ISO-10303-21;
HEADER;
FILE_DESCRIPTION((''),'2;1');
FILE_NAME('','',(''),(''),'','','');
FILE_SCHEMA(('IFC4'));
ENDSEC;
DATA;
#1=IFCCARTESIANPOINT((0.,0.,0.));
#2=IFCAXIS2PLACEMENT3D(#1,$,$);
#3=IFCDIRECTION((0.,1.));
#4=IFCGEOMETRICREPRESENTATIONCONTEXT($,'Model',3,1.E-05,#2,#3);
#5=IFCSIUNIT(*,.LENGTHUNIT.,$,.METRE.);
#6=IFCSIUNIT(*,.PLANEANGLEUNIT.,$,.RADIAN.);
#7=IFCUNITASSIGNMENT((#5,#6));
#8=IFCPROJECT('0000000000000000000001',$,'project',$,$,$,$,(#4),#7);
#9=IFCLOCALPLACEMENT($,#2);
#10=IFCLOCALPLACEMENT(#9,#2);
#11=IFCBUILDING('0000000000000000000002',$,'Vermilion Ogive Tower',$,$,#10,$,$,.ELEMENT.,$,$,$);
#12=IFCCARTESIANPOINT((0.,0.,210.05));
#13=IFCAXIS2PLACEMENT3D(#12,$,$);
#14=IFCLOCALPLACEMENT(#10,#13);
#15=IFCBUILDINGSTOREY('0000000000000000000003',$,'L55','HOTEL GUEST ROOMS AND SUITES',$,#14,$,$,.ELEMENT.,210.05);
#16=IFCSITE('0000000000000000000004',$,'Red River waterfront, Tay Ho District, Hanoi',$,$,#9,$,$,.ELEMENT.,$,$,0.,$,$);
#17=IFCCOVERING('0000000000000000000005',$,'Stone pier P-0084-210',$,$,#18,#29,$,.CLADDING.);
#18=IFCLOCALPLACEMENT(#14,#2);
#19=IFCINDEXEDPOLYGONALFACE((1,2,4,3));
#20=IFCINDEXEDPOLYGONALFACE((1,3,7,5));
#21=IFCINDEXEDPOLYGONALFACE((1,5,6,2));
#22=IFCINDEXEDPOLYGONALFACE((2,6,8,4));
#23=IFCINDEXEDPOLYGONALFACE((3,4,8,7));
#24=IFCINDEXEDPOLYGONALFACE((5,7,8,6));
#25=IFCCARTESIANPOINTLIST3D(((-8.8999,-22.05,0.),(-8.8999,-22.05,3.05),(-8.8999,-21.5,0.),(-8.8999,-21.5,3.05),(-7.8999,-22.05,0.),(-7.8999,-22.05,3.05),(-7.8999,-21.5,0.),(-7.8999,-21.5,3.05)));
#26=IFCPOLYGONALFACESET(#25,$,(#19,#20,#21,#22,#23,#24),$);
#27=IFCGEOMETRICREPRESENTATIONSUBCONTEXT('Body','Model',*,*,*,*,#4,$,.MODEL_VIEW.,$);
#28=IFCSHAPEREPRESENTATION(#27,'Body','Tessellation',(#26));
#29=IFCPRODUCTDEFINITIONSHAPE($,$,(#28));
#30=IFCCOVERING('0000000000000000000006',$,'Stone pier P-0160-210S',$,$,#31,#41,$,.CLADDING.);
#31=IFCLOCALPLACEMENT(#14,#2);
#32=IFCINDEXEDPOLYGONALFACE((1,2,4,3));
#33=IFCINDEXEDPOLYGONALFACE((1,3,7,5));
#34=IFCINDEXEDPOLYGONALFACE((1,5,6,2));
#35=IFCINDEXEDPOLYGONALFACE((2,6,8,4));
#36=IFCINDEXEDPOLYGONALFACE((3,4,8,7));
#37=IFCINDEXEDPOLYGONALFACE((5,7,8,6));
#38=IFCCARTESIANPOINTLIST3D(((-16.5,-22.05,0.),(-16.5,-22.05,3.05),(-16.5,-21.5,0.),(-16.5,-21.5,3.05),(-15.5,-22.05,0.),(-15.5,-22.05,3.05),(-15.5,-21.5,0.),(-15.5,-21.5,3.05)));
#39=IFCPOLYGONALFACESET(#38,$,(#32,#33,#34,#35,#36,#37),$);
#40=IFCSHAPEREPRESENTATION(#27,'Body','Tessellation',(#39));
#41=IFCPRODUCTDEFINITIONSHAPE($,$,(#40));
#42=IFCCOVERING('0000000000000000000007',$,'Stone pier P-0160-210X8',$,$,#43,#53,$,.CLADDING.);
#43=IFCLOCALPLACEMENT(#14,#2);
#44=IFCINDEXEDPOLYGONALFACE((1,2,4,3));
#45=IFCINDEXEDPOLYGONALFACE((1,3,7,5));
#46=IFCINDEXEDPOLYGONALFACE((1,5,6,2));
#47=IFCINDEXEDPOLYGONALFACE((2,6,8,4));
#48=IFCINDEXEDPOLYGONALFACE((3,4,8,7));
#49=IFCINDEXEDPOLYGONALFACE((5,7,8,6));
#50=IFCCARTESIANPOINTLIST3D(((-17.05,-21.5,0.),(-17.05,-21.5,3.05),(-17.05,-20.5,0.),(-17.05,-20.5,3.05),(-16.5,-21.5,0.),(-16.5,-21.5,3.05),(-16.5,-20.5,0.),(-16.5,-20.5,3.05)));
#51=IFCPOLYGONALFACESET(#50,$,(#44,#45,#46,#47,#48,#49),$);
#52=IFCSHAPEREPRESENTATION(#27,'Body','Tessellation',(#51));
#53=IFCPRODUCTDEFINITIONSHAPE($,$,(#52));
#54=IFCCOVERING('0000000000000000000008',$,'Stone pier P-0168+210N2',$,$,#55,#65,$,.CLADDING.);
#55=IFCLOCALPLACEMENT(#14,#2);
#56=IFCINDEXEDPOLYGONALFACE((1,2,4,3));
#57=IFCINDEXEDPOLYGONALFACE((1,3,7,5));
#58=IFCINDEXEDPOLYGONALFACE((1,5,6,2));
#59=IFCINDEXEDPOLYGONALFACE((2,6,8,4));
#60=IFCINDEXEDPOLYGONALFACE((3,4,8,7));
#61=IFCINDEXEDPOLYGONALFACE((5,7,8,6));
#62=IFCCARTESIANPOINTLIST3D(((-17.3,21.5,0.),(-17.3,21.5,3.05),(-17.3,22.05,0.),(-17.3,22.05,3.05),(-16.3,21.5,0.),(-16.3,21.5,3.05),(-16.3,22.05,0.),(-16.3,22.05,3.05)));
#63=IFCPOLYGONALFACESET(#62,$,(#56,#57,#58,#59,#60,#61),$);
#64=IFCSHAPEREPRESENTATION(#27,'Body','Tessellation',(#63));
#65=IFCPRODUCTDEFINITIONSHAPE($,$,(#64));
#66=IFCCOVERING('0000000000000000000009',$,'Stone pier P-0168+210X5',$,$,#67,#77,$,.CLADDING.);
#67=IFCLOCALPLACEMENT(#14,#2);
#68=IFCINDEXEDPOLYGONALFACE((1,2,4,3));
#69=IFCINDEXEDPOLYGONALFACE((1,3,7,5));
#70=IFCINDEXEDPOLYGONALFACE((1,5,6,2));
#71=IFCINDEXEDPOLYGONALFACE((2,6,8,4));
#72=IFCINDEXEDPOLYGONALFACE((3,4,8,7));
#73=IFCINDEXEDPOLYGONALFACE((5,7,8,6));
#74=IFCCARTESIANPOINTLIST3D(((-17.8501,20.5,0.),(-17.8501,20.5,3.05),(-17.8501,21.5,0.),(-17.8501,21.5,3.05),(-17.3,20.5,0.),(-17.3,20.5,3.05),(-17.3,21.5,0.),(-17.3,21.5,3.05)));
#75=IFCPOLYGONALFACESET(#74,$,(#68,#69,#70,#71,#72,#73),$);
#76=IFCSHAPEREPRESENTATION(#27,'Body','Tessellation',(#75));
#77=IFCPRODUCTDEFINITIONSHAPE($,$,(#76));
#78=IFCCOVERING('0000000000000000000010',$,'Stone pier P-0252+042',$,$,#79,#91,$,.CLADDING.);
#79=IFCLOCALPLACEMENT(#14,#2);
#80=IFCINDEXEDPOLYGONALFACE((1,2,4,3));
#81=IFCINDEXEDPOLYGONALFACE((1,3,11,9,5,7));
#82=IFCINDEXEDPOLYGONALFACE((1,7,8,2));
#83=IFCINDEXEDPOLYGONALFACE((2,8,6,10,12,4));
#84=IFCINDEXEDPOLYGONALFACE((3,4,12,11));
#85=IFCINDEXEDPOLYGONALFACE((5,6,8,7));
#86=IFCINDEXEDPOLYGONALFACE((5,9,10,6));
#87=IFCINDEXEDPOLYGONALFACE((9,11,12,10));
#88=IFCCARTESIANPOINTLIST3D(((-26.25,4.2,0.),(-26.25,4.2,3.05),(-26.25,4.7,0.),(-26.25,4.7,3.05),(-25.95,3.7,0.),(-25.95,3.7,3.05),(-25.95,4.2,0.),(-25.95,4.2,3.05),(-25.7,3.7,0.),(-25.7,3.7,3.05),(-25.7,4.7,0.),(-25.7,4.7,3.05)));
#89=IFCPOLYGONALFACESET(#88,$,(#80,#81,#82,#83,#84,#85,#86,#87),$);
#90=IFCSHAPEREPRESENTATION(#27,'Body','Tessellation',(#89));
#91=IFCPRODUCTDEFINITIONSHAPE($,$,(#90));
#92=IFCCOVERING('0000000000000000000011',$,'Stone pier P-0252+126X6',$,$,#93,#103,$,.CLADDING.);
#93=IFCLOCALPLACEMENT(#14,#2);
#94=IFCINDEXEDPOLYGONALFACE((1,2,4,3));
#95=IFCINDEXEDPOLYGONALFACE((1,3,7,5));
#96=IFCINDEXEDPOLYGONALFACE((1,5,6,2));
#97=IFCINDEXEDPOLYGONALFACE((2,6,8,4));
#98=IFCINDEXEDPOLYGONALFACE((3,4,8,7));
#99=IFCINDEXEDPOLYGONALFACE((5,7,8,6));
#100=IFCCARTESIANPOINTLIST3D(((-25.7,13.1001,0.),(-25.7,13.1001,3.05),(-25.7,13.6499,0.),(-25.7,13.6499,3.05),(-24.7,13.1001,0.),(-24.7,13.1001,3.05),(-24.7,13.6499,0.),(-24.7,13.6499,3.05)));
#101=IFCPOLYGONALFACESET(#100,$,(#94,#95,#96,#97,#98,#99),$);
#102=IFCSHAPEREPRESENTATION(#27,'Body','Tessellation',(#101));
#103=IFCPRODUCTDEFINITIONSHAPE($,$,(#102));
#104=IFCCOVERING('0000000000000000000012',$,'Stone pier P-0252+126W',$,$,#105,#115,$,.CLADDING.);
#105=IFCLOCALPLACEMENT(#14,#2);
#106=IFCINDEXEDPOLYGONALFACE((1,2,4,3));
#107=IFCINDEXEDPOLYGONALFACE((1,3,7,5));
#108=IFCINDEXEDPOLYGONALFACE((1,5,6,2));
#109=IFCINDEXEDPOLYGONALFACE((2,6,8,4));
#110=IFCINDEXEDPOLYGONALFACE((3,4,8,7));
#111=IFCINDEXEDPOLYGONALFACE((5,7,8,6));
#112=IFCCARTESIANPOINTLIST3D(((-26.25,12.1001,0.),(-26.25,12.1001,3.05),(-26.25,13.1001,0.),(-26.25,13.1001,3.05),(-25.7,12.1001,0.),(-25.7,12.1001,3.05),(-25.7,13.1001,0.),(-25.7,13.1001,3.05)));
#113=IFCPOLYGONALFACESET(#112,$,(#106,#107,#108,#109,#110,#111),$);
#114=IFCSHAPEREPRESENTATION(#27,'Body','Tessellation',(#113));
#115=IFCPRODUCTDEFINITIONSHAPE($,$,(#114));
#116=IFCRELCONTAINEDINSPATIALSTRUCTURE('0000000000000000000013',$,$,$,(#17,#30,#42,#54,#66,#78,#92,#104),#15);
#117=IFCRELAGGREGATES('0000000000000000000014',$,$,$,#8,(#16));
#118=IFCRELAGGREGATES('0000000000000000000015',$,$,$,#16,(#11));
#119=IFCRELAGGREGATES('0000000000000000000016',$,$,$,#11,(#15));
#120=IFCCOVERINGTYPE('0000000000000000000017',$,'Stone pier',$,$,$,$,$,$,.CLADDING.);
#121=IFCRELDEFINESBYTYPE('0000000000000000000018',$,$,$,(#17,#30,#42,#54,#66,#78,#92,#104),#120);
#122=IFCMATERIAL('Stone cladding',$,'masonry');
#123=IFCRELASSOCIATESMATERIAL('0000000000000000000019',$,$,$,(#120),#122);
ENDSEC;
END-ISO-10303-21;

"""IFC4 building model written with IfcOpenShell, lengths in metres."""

from ifc_helpers import new_model, si_unit, direction, frame, origin, place, context, subcontext, project, spatial, polyline, outline, extrude, material, type_object, element, save


model = new_model("IFC4")

# Units and contexts
model_context = context("Model", 3, precision=1e-05, world=origin(), true_north=direction((0.0, 1.0)))
body_context = subcontext(model_context, "Body", "Model", "MODEL_VIEW")
ifc_project = project(units=[si_unit("LENGTHUNIT", "METRE"), si_unit("PLANEANGLEUNIT", "RADIAN")], contexts=[model_context])

# Site, building, storey
site_placement = place(None, origin())
site = spatial("IfcSite", under=ifc_project, at=site_placement, Name="Red River waterfront, Tay Ho District, Hanoi", CompositionType="ELEMENT", RefElevation=0.0)
building_placement = place(site_placement, origin())
building = spatial("IfcBuilding", under=site, at=building_placement, Name="Vermilion Ogive Tower", CompositionType="ELEMENT")
storey_placement = place(building_placement, frame((0.0, 0.0, 210.05)))
storey = spatial("IfcBuildingStorey", under=building, at=storey_placement, Name="L55", Description="HOTEL GUEST ROOMS AND SUITES", CompositionType="ELEMENT", Elevation=210.05)

# Coverings
ifc_material_1 = material(Name="Stone cladding", Category="masonry")
covering_type = type_object("IfcCoveringType", Name="Stone pier", PredefinedType="CLADDING", material=ifc_material_1)
covering_1_placement = place(storey_placement, origin())
element("IfcCovering", 1, at=covering_1_placement, inside=storey, type_object=covering_type, Name="Stone pier P-0084-210", PredefinedType="CLADDING", context=body_context, shape_type="SweptSolid", body=[
    extrude(outline(polyline([(-7.8999, -22.05), (-8.8999, -22.05), (-8.8999, -21.5), (-7.8999, -21.5), (-7.8999, -22.05)])), origin(), (0.0, 0.0, 1.0), 3.05),
])
covering_2_placement = place(storey_placement, origin())
element("IfcCovering", 2, at=covering_2_placement, inside=storey, type_object=covering_type, Name="Stone pier P-0160-210S", PredefinedType="CLADDING", context=body_context, shape_type="SweptSolid", body=[
    extrude(outline(polyline([(-15.5, -22.05), (-16.5, -22.05), (-16.5, -21.5), (-15.5, -21.5), (-15.5, -22.05)])), origin(), (0.0, 0.0, 1.0), 3.05),
])
covering_3_placement = place(storey_placement, origin())
element("IfcCovering", 3, at=covering_3_placement, inside=storey, type_object=covering_type, Name="Stone pier P-0160-210X8", PredefinedType="CLADDING", context=body_context, shape_type="SweptSolid", body=[
    extrude(outline(polyline([(-17.05, -20.5), (-16.5, -20.5), (-16.5, -21.5), (-17.05, -21.5), (-17.05, -20.5)])), origin(), (0.0, 0.0, 1.0), 3.05),
])
covering_4_placement = place(storey_placement, origin())
element("IfcCovering", 4, at=covering_4_placement, inside=storey, type_object=covering_type, Name="Stone pier P-0168+210N2", PredefinedType="CLADDING", context=body_context, shape_type="SweptSolid", body=[
    extrude(outline(polyline([(-17.3, 21.5), (-17.3, 22.05), (-16.3, 22.05), (-16.3, 21.5), (-17.3, 21.5), (-17.3, 21.5)])), origin(), (0.0, 0.0, 1.0), 3.05),
])
covering_5_placement = place(storey_placement, origin())
element("IfcCovering", 5, at=covering_5_placement, inside=storey, type_object=covering_type, Name="Stone pier P-0168+210X5", PredefinedType="CLADDING", context=body_context, shape_type="SweptSolid", body=[
    extrude(outline(polyline([(-17.8501, 21.5), (-17.3, 21.5), (-17.3, 21.5), (-17.3, 20.5), (-17.8501, 20.5), (-17.8501, 21.5)])), origin(), (0.0, 0.0, 1.0), 3.05),
])
covering_6_placement = place(storey_placement, origin())
element("IfcCovering", 6, at=covering_6_placement, inside=storey, type_object=covering_type, Name="Stone pier P-0252+042", PredefinedType="CLADDING", context=body_context, shape_type="SweptSolid", body=[
    extrude(outline(polyline([(-25.7, 3.7), (-25.95, 3.7), (-25.95, 4.2), (-26.25, 4.2), (-26.25, 4.7), (-25.7, 4.7), (-25.7, 4.7), (-25.7, 3.7)])), origin(), (0.0, 0.0, 1.0), 3.05),
])
covering_7_placement = place(storey_placement, origin())
element("IfcCovering", 7, at=covering_7_placement, inside=storey, type_object=covering_type, Name="Stone pier P-0252+126X6", PredefinedType="CLADDING", context=body_context, shape_type="SweptSolid", body=[
    extrude(outline(polyline([(-25.7, 13.1001), (-25.7, 13.6499), (-24.7, 13.6499), (-24.7, 13.1001), (-24.7, 13.1001), (-25.7, 13.1001)])), origin(), (0.0, 0.0, 1.0), 3.05),
])
covering_8_placement = place(storey_placement, origin())
element("IfcCovering", 8, at=covering_8_placement, inside=storey, type_object=covering_type, Name="Stone pier P-0252+126W", PredefinedType="CLADDING", context=body_context, shape_type="SweptSolid", body=[
    extrude(outline(polyline([(-26.25, 13.1001), (-25.7, 13.1001), (-25.7, 12.1001), (-26.25, 12.1001), (-26.25, 13.1001)])), origin(), (0.0, 0.0, 1.0), 3.05),
])

save(model, "model.ifc")
